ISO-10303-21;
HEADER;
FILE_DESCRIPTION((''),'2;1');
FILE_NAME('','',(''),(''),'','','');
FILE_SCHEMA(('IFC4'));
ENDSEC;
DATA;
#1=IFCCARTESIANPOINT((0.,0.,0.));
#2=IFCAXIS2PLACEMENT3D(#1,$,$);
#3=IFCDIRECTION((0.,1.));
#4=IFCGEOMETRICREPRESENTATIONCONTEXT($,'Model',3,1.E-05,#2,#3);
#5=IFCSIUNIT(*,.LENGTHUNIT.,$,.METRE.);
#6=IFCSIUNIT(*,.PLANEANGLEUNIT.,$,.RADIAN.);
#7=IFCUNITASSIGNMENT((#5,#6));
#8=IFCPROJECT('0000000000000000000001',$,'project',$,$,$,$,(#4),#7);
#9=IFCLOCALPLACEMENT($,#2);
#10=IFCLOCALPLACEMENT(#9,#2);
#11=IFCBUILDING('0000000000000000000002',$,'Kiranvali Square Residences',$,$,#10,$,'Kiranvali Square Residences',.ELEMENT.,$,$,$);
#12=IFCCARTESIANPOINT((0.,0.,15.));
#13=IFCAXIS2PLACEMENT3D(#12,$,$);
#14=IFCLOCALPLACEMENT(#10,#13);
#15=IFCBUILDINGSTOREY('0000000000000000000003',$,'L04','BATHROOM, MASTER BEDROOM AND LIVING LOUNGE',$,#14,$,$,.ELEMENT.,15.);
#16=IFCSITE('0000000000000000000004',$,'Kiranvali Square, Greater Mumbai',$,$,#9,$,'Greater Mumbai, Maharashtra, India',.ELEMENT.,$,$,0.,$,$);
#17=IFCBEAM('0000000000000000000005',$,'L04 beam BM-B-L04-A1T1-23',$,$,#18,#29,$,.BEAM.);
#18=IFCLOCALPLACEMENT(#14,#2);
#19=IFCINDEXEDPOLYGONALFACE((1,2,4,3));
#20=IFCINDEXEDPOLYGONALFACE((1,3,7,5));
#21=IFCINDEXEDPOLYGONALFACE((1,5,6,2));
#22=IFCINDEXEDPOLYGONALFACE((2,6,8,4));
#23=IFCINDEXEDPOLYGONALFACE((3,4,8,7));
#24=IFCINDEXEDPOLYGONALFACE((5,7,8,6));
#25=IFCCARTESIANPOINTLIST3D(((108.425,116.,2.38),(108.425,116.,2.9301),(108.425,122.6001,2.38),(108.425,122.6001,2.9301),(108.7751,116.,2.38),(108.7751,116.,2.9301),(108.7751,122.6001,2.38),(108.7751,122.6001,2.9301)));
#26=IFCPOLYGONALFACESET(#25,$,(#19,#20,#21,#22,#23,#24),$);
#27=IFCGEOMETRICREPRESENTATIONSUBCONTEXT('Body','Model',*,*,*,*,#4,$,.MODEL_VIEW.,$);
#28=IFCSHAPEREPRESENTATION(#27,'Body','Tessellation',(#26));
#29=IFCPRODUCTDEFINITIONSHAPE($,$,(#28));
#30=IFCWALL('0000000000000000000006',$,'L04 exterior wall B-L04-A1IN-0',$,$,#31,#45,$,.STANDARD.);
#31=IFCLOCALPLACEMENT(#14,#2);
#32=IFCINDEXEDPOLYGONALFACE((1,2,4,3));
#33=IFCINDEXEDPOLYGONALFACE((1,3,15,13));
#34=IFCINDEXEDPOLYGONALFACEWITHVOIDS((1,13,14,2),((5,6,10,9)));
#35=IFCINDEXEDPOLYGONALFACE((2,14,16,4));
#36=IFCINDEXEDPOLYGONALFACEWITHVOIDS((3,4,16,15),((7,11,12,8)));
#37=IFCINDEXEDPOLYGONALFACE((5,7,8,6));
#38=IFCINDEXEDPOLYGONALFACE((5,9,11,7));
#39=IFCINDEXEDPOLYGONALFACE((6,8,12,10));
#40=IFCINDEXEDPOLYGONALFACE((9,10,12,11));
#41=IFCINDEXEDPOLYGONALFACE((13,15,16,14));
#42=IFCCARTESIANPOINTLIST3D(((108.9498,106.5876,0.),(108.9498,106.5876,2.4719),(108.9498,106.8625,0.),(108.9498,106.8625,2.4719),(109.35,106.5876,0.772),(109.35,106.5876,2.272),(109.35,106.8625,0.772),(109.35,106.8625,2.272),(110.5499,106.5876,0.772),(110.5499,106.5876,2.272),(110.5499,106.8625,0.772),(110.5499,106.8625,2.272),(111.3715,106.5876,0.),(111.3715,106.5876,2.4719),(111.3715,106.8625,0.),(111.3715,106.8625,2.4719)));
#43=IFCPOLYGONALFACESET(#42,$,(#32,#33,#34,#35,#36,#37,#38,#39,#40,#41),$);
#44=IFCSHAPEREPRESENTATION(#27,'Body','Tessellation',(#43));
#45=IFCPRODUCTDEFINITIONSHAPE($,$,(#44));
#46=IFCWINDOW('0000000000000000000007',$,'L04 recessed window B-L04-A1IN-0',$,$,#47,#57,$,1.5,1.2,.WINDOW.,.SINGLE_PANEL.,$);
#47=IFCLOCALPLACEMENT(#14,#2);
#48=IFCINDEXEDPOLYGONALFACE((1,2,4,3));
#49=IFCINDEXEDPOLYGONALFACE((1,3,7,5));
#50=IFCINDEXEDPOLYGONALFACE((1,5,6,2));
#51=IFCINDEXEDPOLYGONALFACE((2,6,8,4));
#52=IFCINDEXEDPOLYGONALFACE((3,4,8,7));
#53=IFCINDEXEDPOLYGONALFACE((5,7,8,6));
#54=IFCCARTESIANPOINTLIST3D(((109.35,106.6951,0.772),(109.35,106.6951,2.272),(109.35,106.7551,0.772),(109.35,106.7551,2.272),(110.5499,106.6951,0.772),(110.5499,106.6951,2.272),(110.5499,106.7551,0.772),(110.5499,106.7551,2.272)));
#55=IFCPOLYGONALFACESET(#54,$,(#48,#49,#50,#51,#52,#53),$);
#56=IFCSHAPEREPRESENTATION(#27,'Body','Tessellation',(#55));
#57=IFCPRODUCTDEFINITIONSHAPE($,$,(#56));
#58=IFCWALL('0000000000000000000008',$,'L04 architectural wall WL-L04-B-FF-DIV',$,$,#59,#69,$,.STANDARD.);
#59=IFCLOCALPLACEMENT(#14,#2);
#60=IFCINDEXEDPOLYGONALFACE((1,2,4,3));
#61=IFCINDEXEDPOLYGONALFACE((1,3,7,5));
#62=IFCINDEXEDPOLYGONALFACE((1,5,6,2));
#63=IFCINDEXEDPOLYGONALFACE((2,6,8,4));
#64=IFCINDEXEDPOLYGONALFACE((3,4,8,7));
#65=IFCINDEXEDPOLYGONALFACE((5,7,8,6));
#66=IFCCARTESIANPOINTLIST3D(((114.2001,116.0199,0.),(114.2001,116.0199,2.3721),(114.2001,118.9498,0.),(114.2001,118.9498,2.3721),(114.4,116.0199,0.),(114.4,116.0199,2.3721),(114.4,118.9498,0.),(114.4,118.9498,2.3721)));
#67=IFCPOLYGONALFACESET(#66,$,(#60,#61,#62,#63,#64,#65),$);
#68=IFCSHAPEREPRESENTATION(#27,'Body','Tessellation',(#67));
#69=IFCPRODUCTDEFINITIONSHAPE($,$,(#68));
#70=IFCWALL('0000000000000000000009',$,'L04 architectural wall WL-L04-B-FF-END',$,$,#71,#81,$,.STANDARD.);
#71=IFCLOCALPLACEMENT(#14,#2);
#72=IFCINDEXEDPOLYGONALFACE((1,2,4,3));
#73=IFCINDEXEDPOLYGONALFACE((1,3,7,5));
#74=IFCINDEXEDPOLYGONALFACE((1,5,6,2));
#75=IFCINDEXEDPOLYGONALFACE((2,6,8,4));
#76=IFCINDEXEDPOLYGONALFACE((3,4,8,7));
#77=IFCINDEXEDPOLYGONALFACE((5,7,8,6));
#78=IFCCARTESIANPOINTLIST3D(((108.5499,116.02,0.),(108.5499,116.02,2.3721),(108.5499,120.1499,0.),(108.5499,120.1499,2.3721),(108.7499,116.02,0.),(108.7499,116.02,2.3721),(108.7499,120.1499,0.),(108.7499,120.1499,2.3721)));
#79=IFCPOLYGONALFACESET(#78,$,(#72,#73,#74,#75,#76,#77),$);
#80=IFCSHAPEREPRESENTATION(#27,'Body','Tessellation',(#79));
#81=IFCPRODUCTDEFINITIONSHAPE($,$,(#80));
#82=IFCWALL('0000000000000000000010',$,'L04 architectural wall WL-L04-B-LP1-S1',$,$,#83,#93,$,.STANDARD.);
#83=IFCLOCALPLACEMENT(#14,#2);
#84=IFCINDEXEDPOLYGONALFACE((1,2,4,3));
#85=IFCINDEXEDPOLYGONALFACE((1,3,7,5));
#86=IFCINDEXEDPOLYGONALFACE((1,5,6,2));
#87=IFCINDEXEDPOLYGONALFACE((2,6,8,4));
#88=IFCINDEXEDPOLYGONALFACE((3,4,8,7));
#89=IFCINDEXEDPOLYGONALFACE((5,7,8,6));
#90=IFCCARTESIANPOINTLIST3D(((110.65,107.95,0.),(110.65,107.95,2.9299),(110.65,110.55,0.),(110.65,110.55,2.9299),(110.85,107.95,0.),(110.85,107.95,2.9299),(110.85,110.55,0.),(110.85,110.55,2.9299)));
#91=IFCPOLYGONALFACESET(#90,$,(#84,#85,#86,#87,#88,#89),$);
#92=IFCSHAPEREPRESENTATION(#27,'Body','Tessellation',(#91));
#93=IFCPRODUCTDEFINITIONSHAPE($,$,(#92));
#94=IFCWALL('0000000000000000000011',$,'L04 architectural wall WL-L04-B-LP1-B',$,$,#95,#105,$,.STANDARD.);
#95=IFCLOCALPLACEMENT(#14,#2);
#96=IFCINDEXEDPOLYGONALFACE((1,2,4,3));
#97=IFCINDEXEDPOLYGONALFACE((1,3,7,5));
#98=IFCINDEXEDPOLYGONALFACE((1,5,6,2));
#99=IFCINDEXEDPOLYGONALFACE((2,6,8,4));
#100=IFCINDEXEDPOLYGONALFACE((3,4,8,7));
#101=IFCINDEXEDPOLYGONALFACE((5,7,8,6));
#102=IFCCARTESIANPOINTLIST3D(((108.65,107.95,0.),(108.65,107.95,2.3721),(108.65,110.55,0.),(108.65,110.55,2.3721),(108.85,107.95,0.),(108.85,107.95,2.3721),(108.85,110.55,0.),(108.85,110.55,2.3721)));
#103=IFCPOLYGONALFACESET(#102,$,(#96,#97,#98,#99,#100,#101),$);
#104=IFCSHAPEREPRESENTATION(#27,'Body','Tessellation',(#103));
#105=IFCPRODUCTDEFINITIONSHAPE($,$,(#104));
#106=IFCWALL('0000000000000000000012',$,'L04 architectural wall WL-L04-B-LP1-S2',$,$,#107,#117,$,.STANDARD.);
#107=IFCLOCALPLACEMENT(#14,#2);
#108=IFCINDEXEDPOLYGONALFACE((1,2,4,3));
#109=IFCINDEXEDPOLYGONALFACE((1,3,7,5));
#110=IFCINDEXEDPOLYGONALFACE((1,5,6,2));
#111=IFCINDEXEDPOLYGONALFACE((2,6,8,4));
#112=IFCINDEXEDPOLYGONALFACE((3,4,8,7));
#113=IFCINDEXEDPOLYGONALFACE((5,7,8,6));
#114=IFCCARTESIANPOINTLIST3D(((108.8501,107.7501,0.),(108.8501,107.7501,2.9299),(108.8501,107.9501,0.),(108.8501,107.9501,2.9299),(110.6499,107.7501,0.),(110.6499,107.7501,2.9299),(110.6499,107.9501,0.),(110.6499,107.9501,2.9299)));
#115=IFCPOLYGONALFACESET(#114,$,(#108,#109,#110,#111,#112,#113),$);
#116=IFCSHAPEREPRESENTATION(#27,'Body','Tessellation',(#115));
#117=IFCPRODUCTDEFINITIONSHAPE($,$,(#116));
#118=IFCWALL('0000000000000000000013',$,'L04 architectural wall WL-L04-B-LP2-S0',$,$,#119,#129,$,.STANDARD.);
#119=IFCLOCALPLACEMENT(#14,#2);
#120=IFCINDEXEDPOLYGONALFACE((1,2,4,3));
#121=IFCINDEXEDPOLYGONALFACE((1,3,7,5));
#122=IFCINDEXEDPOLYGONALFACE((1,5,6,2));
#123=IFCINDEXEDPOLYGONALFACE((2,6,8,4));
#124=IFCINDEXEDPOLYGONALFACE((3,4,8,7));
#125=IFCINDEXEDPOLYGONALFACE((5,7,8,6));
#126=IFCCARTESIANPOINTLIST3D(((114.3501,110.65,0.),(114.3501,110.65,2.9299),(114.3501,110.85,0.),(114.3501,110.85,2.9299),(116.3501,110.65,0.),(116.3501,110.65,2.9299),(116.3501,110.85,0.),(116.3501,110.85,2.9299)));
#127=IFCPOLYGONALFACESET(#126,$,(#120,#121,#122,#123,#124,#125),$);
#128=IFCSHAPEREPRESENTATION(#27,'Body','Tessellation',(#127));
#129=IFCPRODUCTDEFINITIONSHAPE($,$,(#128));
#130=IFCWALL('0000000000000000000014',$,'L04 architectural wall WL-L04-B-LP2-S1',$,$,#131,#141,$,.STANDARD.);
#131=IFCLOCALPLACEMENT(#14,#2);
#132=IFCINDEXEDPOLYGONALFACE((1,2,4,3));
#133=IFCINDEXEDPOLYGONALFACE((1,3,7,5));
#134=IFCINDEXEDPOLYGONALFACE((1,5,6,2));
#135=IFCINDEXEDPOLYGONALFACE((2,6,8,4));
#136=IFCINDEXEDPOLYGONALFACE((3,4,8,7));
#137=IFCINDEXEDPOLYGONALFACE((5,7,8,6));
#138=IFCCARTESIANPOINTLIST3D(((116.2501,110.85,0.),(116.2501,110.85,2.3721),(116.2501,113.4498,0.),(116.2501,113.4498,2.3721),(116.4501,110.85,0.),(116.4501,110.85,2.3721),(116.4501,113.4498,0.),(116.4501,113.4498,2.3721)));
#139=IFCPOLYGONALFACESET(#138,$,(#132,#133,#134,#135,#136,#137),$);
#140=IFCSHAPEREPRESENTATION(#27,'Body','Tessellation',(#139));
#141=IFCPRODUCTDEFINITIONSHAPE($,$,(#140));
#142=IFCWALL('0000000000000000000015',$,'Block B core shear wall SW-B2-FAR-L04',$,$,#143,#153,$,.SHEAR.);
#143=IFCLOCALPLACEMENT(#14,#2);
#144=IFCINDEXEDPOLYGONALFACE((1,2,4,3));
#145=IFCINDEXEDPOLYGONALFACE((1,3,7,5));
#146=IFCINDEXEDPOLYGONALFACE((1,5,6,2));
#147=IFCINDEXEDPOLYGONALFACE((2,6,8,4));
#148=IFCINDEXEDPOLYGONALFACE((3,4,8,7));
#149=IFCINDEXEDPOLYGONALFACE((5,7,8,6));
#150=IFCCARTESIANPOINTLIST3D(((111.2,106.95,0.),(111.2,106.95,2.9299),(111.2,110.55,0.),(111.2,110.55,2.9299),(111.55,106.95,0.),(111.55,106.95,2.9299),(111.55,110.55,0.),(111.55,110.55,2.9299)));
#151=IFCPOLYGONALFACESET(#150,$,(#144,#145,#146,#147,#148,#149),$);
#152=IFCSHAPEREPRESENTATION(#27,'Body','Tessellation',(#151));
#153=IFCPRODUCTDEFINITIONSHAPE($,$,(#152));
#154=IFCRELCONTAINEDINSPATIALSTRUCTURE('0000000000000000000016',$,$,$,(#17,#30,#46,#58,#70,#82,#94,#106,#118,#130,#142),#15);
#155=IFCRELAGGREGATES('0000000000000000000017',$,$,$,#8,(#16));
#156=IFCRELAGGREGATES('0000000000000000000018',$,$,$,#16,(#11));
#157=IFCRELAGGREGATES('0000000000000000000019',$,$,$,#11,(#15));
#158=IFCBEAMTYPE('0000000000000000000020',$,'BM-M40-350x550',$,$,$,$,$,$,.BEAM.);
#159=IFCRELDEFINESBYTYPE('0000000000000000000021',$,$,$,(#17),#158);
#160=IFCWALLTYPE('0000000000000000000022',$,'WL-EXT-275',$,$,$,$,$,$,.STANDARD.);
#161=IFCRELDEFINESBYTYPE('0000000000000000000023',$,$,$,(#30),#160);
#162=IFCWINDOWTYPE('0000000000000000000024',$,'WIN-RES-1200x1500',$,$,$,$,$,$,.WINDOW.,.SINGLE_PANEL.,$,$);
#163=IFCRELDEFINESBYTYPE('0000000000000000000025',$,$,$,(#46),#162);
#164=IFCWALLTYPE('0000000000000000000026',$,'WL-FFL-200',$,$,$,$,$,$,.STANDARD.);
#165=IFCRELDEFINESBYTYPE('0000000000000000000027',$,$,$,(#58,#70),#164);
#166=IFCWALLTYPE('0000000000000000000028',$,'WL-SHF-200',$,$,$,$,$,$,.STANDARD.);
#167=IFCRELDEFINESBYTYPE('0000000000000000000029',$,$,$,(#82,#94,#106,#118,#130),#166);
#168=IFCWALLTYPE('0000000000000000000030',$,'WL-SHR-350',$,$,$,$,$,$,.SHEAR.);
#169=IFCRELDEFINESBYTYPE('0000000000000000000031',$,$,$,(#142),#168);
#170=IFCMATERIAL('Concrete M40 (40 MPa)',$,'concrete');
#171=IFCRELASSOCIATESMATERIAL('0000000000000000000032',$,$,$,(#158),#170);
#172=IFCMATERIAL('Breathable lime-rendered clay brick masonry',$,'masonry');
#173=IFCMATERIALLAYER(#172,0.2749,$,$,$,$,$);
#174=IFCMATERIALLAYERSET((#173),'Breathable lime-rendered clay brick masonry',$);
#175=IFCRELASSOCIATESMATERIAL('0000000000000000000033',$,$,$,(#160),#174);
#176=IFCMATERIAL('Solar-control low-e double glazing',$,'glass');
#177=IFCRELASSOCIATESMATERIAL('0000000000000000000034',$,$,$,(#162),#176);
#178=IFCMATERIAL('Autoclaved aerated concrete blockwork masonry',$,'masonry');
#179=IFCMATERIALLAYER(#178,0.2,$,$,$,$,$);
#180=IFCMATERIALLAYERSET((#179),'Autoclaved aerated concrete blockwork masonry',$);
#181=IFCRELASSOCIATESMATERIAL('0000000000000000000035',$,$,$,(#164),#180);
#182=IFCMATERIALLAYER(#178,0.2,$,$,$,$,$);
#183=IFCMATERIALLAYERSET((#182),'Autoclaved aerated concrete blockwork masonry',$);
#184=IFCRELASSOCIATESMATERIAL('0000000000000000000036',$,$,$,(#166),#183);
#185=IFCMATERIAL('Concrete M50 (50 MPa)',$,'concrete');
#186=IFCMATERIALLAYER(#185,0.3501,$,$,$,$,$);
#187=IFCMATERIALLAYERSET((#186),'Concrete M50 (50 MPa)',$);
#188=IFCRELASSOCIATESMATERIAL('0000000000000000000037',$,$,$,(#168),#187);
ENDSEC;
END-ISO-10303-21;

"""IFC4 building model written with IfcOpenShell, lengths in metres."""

from ifc_helpers import new_model, si_unit, direction, frame, frame_2d, origin, origin_2d, place, context, subcontext, project, spatial, rectangle, extrude, material, layer, layer_set, material_profile, profile_set, type_object, element, fill, save


model = new_model("IFC4")

# Units and contexts
model_context = context("Model", 3, precision=1e-05, world=origin(), true_north=direction((0.0, 1.0)))
body_context = subcontext(model_context, "Body", "Model", "MODEL_VIEW")
ifc_project = project(units=[si_unit("LENGTHUNIT", "METRE"), si_unit("PLANEANGLEUNIT", "RADIAN")], contexts=[model_context])

# Site, building, storey
site_placement = place(None, origin())
site = spatial("IfcSite", under=ifc_project, at=site_placement, Name="Kiranvali Square, Greater Mumbai", LongName="Greater Mumbai, Maharashtra, India", CompositionType="ELEMENT", RefElevation=0.0)
building_placement = place(site_placement, origin())
building = spatial("IfcBuilding", under=site, at=building_placement, Name="Kiranvali Square Residences", LongName="Kiranvali Square Residences", CompositionType="ELEMENT")
storey_placement = place(building_placement, frame((0.0, 0.0, 15.0)))
storey = spatial("IfcBuildingStorey", under=building, at=storey_placement, Name="L04", Description="BATHROOM, MASTER BEDROOM AND LIVING LOUNGE", CompositionType="ELEMENT", Elevation=15.0)

# Beam
ifc_material_1 = material(Name="Concrete M40 (40 MPa)", Category="concrete")
ifc_material_profile = material_profile(ifc_material_1, rectangle(XDim=0.3501, YDim=0.55, at=origin_2d()), Name="RC 350x550")
ifc_profile_set = profile_set([ifc_material_profile], Name="Concrete M40 (40 MPa)")
beam_type = type_object("IfcBeamType", Name="BM-M40-350x550", PredefinedType="BEAM", material=ifc_profile_set)
beam_placement = place(storey_placement, frame((108.6001, 116.0, 2.655), z_axis=(0.0, 1.0, 0.0), x_axis=(-1.0, 0.0, 0.0)))
element("IfcBeam", 1, at=beam_placement, inside=storey, type_object=beam_type, Name="L04 beam BM-B-L04-A1T1-23", PredefinedType="BEAM", context=body_context, shape_type="SweptSolid", body=[
    extrude(rectangle(XDim=0.3501, YDim=0.55, at=origin_2d()), origin(), (0.0, 0.0, 1.0), 6.6001),
])

# Shared definitions
ifc_material_2 = material(Name="Autoclaved aerated concrete blockwork masonry", Category="masonry")

# Wall, opening, window
ifc_material_3 = material(Name="Breathable lime-rendered clay brick masonry", Category="masonry")
ifc_layer_1 = layer(ifc_material_3, 0.2749)
ifc_layer_set_1 = layer_set([ifc_layer_1], Name="Breathable lime-rendered clay brick masonry")
wall_type_1 = type_object("IfcWallType", Name="WL-EXT-275", PredefinedType="STANDARD", material=ifc_layer_set_1)
wall_1_placement = place(storey_placement, frame((111.3716, 106.7251, 0.0), z_axis=(0.0, 0.0, 1.0), x_axis=(-1.0, 0.0, 0.0)))
wall_1 = element("IfcWall", 2, at=wall_1_placement, inside=storey, type_object=wall_type_1, Name="L04 exterior wall B-L04-A1IN-0", PredefinedType="STANDARD", context=body_context, shape_type="SweptSolid", body=[
    extrude(rectangle(XDim=2.4216, YDim=0.2749, at=frame_2d((1.2109, 0.0))), origin(), (0.0, 0.0, 1.0), 2.4719),
])
opening_1_placement = place(wall_1_placement, frame((0.8215, 0.0, 0.772)))
opening_1 = element("IfcOpeningElement", 3, at=opening_1_placement, cuts=wall_1, PredefinedType="OPENING", context=body_context, shape_type="SweptSolid", body=[
    extrude(rectangle(XDim=1.2, YDim=1.5, at=frame_2d((0.6001, 0.75))), frame((0.0, 0.1475, 0.0), z_axis=(0.0, -1.0, 0.0), x_axis=(1.0, 0.0, 0.0)), (0.0, 0.0, 1.0), 0.2949),
])
ifc_material_4 = material(Name="Solar-control low-e double glazing", Category="glass")
window_type = type_object("IfcWindowType", Name="WIN-RES-1200x1500", PartitioningType="SINGLE_PANEL", PredefinedType="WINDOW", material=ifc_material_4)
window_placement = place(opening_1_placement, origin())
window = element("IfcWindow", 4, at=window_placement, inside=storey, type_object=window_type, Name="L04 recessed window B-L04-A1IN-0", OverallHeight=1.5, OverallWidth=1.2, PartitioningType="SINGLE_PANEL", PredefinedType="WINDOW", context=body_context, shape_type="SweptSolid", body=[
    extrude(rectangle(XDim=1.2, YDim=1.5, at=frame_2d((0.6001, 0.75))), frame((0.0, 0.03, 0.0), z_axis=(0.0, -1.0, 0.0), x_axis=(1.0, 0.0, 0.0)), (0.0, 0.0, 1.0), 0.0601),
])
fill(opening_1, window)

# Shared definitions
ifc_layer_2 = layer(ifc_material_2, 0.2)
ifc_layer_set_2 = layer_set([ifc_layer_2], Name="Autoclaved aerated concrete blockwork masonry")
wall_type_2 = type_object("IfcWallType", Name="WL-FFL-200", PredefinedType="STANDARD", material=ifc_layer_set_2)

# Walls
wall_2_placement = place(storey_placement, frame((114.3, 116.02, 0.0), z_axis=(0.0, 0.0, 1.0), x_axis=(0.0, 1.0, 0.0)))
element("IfcWall", 5, at=wall_2_placement, inside=storey, type_object=wall_type_2, Name="L04 architectural wall WL-L04-B-FF-DIV", PredefinedType="STANDARD", context=body_context, shape_type="SweptSolid", body=[
    extrude(rectangle(XDim=2.9299, YDim=0.2, at=frame_2d((1.4648, 0.0))), origin(), (0.0, 0.0, 1.0), 2.3721),
])
wall_3_placement = place(storey_placement, frame((108.6499, 116.02, 0.0), z_axis=(0.0, 0.0, 1.0), x_axis=(0.0, 1.0, 0.0)))
element("IfcWall", 6, at=wall_3_placement, inside=storey, type_object=wall_type_2, Name="L04 architectural wall WL-L04-B-FF-END", PredefinedType="STANDARD", context=body_context, shape_type="SweptSolid", body=[
    extrude(rectangle(XDim=4.1299, YDim=0.2, at=frame_2d((2.0649, 0.0))), origin(), (0.0, 0.0, 1.0), 2.3721),
])
ifc_layer_3 = layer(ifc_material_2, 0.2)
ifc_layer_set_3 = layer_set([ifc_layer_3], Name="Autoclaved aerated concrete blockwork masonry")
wall_type_3 = type_object("IfcWallType", Name="WL-SHF-200", PredefinedType="STANDARD", material=ifc_layer_set_3)
wall_4_placement = place(storey_placement, frame((110.75, 107.95, 0.0), z_axis=(0.0, 0.0, 1.0), x_axis=(0.0, 1.0, 0.0)))
element("IfcWall", 7, at=wall_4_placement, inside=storey, type_object=wall_type_3, Name="L04 architectural wall WL-L04-B-LP1-S1", PredefinedType="STANDARD", context=body_context, shape_type="SweptSolid", body=[
    extrude(rectangle(XDim=2.6001, YDim=0.2, at=frame_2d((1.3, 0.0))), origin(), (0.0, 0.0, 1.0), 2.9299),
])
wall_5_placement = place(storey_placement, frame((108.75, 107.95, 0.0), z_axis=(0.0, 0.0, 1.0), x_axis=(0.0, 1.0, 0.0)))
element("IfcWall", 8, at=wall_5_placement, inside=storey, type_object=wall_type_3, Name="L04 architectural wall WL-L04-B-LP1-B", PredefinedType="STANDARD", context=body_context, shape_type="SweptSolid", body=[
    extrude(rectangle(XDim=2.6001, YDim=0.2, at=frame_2d((1.3, 0.0))), origin(), (0.0, 0.0, 1.0), 2.3721),
])
wall_6_placement = place(storey_placement, frame((110.6499, 107.8501, 0.0), z_axis=(0.0, 0.0, 1.0), x_axis=(-1.0, 0.0, 0.0)))
element("IfcWall", 9, at=wall_6_placement, inside=storey, type_object=wall_type_3, Name="L04 architectural wall WL-L04-B-LP1-S2", PredefinedType="STANDARD", context=body_context, shape_type="SweptSolid", body=[
    extrude(rectangle(XDim=1.7998, YDim=0.2, at=frame_2d((0.8999, 0.0))), origin(), (0.0, 0.0, 1.0), 2.9299),
])

# Walls
wall_7_placement = place(storey_placement, frame((116.3501, 110.75, 0.0), z_axis=(0.0, 0.0, 1.0), x_axis=(-1.0, 0.0, 0.0)))
element("IfcWall", 10, at=wall_7_placement, inside=storey, type_object=wall_type_3, Name="L04 architectural wall WL-L04-B-LP2-S0", PredefinedType="STANDARD", context=body_context, shape_type="SweptSolid", body=[
    extrude(rectangle(XDim=2.0, YDim=0.2, at=frame_2d((1.0, 0.0))), origin(), (0.0, 0.0, 1.0), 2.9299),
])
wall_8_placement = place(storey_placement, frame((116.3501, 110.8501, 0.0), z_axis=(0.0, 0.0, 1.0), x_axis=(0.0, 1.0, 0.0)))
element("IfcWall", 11, at=wall_8_placement, inside=storey, type_object=wall_type_3, Name="L04 architectural wall WL-L04-B-LP2-S1", PredefinedType="STANDARD", context=body_context, shape_type="SweptSolid", body=[
    extrude(rectangle(XDim=2.5999, YDim=0.2, at=frame_2d((1.2998, 0.0))), origin(), (0.0, 0.0, 1.0), 2.3721),
])

# Wall
ifc_material_5 = material(Name="Concrete M50 (50 MPa)", Category="concrete")
ifc_layer_4 = layer(ifc_material_5, 0.3501)
ifc_layer_set_4 = layer_set([ifc_layer_4], Name="Concrete M50 (50 MPa)")
wall_type_4 = type_object("IfcWallType", Name="WL-SHR-350", PredefinedType="SHEAR", material=ifc_layer_set_4)
wall_9_placement = place(storey_placement, frame((111.375, 106.95, 0.0), z_axis=(0.0, 0.0, 1.0), x_axis=(0.0, 1.0, 0.0)))
element("IfcWall", 12, at=wall_9_placement, inside=storey, type_object=wall_type_4, Name="Block B core shear wall SW-B2-FAR-L04", PredefinedType="SHEAR", context=body_context, shape_type="SweptSolid", body=[
    extrude(rectangle(XDim=3.6001, YDim=0.3501, at=frame_2d((1.8, 0.0))), origin(), (0.0, 0.0, 1.0), 2.9299),
])

save(model, "model.ifc")
